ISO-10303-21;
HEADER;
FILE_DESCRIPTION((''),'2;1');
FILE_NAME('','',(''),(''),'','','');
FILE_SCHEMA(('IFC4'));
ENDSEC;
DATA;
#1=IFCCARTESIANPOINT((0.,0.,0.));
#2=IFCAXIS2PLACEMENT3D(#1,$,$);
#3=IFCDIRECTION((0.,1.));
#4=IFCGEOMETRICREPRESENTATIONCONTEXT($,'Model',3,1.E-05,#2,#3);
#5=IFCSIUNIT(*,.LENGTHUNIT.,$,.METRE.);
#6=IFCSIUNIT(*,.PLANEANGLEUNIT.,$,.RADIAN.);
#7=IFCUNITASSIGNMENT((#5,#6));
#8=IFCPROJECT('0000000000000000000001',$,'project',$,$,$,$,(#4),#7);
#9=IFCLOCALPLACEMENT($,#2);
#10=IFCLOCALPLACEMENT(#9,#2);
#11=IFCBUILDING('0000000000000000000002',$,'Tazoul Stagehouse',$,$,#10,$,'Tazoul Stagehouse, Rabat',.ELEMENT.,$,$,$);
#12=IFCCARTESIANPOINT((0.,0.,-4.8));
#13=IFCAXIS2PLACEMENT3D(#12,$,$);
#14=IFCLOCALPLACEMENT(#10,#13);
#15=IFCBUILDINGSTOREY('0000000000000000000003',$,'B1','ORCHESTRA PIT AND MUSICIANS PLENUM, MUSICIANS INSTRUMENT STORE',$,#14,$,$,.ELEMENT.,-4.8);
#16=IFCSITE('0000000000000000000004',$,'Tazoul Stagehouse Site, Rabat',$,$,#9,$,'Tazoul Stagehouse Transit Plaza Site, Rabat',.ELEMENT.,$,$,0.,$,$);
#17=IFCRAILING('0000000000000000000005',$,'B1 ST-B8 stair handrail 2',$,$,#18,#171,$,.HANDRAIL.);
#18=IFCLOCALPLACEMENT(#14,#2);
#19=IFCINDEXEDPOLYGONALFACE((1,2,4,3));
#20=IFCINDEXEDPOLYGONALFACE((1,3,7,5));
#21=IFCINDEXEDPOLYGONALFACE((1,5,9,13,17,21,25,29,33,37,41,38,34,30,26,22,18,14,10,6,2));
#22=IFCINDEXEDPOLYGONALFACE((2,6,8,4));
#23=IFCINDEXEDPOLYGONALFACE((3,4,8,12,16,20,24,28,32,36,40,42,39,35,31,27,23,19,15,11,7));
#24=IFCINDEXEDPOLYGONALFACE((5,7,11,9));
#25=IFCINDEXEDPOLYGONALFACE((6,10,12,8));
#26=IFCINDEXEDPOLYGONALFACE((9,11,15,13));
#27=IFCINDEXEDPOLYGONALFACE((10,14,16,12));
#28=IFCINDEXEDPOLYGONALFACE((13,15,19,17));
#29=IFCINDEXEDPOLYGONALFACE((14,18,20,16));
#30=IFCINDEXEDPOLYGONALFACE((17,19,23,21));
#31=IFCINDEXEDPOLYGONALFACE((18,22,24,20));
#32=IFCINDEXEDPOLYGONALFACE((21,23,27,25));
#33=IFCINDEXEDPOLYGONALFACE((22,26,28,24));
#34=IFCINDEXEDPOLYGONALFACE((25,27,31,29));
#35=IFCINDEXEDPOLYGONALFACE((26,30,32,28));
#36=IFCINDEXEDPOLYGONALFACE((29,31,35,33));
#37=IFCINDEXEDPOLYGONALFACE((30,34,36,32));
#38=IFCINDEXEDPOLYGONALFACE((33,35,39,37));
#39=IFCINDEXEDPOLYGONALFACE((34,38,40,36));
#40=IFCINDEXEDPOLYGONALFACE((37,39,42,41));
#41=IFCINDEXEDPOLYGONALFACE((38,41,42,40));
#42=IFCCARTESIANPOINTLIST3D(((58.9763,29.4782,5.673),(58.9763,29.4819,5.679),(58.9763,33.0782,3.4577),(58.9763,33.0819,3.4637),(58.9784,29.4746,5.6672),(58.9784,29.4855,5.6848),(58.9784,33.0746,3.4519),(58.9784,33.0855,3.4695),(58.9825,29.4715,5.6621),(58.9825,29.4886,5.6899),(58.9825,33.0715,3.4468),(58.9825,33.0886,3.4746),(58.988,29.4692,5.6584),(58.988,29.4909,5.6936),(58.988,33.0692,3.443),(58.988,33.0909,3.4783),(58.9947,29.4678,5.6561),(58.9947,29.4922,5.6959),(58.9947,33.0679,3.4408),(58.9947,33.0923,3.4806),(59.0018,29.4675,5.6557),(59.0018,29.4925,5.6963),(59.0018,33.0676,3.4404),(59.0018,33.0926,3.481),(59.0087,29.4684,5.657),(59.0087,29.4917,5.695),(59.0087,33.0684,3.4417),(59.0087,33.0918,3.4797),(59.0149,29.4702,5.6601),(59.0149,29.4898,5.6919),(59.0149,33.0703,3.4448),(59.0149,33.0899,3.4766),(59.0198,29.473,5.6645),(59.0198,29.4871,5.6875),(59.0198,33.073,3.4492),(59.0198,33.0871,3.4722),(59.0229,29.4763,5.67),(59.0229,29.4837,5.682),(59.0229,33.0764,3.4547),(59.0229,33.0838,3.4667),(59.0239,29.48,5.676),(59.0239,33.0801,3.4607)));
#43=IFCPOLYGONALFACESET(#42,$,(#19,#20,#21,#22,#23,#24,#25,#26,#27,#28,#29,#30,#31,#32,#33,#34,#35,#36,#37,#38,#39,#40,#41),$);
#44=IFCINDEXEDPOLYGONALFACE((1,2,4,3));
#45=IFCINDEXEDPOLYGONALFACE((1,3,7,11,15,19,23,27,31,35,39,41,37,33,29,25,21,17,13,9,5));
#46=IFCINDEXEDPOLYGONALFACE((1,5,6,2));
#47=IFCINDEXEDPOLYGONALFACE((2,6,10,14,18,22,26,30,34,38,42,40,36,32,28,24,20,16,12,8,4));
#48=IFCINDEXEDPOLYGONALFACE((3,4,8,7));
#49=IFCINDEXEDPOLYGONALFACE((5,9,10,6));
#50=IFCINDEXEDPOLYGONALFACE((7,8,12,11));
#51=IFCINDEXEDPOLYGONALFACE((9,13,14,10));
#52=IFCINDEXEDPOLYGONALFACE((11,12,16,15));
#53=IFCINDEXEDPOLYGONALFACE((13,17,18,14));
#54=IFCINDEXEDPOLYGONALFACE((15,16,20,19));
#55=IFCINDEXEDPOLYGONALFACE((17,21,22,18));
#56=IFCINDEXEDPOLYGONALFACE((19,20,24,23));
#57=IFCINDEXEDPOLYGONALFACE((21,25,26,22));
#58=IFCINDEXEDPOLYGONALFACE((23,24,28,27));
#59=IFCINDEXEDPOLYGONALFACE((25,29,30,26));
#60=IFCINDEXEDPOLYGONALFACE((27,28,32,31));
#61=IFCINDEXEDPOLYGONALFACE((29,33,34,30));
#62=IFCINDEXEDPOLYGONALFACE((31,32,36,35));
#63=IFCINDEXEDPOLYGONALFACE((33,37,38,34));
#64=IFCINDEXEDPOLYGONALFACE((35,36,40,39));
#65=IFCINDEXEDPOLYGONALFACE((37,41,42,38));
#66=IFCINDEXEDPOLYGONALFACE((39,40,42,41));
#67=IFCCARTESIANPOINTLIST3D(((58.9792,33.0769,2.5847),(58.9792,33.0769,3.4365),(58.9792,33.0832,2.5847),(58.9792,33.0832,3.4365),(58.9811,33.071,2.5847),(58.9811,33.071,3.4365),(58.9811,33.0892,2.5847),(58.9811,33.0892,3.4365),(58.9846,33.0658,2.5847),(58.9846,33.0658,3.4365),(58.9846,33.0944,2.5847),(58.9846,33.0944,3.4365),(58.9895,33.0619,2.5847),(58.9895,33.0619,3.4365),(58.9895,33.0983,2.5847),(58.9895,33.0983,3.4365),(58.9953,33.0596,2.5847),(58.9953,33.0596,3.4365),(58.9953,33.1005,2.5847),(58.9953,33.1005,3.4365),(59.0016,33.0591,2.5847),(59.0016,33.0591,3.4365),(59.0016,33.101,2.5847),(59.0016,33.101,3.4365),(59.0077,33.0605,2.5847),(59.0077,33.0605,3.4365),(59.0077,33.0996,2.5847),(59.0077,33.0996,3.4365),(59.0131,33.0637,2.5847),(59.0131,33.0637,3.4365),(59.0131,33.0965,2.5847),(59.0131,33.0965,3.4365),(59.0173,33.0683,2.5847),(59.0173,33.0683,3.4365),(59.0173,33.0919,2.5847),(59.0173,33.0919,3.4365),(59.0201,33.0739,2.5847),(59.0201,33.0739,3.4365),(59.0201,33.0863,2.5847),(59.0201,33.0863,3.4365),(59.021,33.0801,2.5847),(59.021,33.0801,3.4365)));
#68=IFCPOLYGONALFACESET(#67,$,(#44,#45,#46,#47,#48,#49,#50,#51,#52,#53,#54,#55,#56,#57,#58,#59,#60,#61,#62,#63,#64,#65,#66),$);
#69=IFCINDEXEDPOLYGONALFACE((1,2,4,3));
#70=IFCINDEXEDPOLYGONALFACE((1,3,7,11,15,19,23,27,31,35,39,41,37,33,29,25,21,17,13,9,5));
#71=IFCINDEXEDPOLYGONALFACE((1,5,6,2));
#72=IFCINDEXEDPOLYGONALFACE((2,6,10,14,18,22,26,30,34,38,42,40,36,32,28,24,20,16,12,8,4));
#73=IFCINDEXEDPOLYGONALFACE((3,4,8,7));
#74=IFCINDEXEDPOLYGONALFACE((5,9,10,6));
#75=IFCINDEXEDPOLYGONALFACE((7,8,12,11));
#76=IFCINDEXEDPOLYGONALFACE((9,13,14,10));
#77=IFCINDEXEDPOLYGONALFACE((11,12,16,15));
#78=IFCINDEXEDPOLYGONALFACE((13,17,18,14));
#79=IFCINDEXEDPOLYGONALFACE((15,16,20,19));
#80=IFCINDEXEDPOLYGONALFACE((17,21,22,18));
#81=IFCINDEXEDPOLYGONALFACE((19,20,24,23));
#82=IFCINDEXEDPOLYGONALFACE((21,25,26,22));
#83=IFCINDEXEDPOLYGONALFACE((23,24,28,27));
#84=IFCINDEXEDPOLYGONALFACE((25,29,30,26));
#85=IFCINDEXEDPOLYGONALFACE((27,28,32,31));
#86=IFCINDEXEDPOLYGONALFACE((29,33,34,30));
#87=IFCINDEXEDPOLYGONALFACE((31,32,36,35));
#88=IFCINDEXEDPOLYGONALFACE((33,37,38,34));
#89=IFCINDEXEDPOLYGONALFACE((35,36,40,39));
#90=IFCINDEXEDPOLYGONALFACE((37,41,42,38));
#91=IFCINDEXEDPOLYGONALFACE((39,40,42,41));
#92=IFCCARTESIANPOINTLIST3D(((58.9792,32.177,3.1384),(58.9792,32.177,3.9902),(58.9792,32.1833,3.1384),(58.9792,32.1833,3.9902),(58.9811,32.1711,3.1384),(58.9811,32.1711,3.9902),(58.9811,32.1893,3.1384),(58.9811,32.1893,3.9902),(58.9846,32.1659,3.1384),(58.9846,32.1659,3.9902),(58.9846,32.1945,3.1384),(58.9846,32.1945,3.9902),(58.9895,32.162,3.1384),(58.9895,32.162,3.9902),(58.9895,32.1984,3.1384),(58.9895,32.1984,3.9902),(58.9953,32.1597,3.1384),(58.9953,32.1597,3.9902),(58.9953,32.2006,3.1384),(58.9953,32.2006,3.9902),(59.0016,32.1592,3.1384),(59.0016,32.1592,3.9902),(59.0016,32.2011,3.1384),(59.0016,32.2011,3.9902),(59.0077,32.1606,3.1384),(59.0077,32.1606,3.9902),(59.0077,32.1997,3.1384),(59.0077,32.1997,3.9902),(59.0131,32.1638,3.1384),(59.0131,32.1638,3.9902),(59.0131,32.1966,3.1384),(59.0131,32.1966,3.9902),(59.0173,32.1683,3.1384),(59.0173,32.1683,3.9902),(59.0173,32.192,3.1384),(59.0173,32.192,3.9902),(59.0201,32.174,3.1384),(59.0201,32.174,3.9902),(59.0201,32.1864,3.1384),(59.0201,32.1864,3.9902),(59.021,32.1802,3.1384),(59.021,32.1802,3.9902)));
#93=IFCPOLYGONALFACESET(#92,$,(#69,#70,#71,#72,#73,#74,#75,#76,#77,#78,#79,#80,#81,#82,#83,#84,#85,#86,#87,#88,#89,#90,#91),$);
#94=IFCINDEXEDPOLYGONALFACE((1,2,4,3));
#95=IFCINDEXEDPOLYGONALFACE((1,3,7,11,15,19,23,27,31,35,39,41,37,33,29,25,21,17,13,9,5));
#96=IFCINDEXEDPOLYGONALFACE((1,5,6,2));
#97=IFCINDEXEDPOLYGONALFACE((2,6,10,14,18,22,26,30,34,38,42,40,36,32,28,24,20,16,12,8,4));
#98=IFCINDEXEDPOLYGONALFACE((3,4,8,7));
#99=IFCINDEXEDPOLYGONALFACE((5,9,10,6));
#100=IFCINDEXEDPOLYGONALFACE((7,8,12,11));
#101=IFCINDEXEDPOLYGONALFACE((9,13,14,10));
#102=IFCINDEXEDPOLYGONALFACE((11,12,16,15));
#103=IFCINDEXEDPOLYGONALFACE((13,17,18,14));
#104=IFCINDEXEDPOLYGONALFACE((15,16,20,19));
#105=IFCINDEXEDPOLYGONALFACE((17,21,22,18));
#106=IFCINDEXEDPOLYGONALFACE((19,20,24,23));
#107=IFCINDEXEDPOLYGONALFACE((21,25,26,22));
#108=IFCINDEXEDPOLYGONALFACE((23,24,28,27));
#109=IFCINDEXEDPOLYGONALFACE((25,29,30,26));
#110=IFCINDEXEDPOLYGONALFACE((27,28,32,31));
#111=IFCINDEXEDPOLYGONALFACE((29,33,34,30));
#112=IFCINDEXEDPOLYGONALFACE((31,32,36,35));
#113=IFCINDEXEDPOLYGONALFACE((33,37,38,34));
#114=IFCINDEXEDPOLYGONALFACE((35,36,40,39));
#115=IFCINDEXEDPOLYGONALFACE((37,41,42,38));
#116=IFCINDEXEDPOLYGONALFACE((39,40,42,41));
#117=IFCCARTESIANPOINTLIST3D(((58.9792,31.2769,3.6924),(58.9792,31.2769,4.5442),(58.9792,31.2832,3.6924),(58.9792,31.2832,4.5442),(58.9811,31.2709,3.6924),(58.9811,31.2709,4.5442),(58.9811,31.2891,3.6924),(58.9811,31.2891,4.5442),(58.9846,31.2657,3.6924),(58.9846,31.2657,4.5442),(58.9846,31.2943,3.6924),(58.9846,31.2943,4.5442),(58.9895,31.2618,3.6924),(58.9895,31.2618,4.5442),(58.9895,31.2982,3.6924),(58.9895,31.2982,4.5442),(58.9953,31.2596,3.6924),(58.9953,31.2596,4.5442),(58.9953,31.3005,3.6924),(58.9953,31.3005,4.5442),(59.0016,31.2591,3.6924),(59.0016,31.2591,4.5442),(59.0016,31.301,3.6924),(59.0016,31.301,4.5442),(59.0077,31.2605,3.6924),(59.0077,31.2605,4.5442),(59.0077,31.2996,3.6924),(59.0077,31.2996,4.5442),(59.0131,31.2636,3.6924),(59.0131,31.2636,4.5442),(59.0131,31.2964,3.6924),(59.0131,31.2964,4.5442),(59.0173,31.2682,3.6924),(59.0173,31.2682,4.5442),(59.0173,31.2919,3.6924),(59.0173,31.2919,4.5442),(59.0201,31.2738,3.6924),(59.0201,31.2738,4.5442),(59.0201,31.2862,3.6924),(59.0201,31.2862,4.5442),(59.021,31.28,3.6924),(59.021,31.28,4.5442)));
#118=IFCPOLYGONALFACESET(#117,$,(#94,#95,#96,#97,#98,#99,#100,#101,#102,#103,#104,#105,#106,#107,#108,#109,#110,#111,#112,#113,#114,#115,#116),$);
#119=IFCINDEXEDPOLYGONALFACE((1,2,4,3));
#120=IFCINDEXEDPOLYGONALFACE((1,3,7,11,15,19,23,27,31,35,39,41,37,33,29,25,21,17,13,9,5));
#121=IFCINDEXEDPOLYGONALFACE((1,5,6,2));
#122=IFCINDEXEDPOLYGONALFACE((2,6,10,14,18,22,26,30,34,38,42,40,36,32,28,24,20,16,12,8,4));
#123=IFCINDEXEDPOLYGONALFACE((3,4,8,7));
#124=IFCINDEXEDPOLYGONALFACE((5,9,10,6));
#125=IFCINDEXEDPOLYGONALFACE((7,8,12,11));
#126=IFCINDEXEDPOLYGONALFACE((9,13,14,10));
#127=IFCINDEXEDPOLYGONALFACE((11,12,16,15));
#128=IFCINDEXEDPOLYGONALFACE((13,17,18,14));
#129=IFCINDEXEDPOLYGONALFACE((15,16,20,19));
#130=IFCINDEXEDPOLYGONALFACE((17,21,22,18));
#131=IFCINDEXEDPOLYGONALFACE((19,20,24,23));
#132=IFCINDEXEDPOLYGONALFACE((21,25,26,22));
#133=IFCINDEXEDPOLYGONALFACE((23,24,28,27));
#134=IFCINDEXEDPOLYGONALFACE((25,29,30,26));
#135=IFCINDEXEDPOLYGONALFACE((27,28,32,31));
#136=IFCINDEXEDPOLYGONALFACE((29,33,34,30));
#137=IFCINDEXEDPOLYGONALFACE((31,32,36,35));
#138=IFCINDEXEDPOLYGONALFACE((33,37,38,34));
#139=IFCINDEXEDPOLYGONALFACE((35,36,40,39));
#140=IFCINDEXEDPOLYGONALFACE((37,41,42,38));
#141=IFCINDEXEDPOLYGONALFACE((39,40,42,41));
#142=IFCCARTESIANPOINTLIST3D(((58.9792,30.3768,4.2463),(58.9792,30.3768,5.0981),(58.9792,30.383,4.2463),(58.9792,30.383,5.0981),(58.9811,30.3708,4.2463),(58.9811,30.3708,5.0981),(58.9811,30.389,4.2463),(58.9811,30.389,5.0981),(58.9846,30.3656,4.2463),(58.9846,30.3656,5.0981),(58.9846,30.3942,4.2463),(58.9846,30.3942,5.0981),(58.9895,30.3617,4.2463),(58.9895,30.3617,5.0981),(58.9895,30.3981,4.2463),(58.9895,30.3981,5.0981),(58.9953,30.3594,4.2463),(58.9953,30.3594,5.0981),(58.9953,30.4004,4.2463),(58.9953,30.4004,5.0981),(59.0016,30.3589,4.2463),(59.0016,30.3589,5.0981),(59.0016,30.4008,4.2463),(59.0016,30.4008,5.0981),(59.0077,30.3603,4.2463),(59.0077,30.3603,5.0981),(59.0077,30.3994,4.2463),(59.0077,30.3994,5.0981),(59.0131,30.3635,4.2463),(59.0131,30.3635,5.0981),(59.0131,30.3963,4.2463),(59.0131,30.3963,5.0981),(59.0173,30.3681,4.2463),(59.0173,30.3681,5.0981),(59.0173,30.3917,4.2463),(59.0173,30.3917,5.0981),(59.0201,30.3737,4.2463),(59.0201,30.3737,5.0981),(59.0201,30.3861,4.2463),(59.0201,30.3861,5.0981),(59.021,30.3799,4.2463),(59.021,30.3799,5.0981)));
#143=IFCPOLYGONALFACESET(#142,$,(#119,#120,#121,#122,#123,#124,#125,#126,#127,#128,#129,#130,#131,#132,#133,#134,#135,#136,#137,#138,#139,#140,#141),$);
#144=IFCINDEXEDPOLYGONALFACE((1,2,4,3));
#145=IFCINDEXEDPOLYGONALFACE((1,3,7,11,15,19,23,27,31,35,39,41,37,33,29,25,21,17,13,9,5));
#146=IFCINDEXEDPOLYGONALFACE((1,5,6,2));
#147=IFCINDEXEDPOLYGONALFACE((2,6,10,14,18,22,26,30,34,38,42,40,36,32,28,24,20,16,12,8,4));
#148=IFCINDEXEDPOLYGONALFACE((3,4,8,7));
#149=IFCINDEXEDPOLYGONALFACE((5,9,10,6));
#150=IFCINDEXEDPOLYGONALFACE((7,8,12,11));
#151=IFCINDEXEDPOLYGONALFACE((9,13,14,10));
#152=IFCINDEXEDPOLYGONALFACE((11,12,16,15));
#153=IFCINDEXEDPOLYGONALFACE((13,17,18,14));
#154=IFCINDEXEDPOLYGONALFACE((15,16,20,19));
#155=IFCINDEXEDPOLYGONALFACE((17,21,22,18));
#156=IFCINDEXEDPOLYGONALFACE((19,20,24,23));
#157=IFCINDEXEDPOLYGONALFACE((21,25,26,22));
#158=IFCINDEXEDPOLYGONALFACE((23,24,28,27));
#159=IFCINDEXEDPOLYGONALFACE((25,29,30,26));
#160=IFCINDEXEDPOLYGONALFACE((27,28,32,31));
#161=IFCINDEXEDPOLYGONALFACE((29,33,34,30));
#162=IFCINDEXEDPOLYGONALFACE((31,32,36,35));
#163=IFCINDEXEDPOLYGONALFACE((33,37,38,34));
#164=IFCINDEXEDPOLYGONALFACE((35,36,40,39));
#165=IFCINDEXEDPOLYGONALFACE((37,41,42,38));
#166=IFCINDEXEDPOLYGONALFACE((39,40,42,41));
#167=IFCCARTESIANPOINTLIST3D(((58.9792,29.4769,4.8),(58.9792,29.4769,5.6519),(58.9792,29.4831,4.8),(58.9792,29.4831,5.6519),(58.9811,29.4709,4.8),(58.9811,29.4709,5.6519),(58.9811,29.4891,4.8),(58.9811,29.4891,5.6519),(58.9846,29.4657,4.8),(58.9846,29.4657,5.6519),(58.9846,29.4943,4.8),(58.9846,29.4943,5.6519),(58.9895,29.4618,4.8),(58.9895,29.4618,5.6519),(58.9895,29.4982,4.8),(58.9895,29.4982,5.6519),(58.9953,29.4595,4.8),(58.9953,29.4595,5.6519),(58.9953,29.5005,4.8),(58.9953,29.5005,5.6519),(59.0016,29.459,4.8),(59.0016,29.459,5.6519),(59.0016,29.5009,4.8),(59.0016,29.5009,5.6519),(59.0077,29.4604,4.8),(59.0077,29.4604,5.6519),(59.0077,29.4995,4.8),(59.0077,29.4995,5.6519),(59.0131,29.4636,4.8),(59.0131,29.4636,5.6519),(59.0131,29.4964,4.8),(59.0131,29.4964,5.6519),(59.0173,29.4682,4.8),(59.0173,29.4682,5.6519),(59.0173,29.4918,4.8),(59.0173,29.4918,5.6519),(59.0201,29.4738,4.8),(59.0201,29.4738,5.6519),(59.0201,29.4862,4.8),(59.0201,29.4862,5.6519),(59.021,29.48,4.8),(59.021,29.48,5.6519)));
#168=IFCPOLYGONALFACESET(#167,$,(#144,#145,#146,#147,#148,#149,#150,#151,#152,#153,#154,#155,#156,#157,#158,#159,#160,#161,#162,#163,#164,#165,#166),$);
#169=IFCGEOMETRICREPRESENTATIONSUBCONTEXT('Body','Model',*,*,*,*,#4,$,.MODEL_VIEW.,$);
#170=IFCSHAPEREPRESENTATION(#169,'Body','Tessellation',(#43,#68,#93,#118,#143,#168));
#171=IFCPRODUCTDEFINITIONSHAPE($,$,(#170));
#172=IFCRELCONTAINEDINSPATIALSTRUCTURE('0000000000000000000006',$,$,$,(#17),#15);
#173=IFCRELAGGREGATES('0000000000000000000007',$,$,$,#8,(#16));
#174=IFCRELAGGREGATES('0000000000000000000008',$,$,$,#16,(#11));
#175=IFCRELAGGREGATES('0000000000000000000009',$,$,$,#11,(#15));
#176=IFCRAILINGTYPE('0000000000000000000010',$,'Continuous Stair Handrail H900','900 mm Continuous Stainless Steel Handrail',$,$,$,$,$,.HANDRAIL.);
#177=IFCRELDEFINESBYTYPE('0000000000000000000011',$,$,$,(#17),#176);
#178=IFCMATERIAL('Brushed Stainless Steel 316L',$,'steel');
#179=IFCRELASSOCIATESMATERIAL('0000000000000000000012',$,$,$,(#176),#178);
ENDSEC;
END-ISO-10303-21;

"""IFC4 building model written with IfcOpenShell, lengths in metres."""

from ifc_helpers import new_model, si_unit, direction, frame, origin, origin_2d, place, context, subcontext, project, spatial, circle, extrude, material, material_profile, profile_set, type_object, element, save


model = new_model("IFC4")

# Units and contexts
model_context = context("Model", 3, precision=1e-05, world=origin(), true_north=direction((0.0, 1.0)))
body_context = subcontext(model_context, "Body", "Model", "MODEL_VIEW")
ifc_project = project(units=[si_unit("LENGTHUNIT", "METRE"), si_unit("PLANEANGLEUNIT", "RADIAN")], contexts=[model_context])

# Site, building, storey
site_placement = place(None, origin())
site = spatial("IfcSite", under=ifc_project, at=site_placement, Name="Tazoul Stagehouse Site, Rabat", LongName="Tazoul Stagehouse Transit Plaza Site, Rabat", CompositionType="ELEMENT", RefElevation=0.0)
building_placement = place(site_placement, origin())
building = spatial("IfcBuilding", under=site, at=building_placement, Name="Tazoul Stagehouse", LongName="Tazoul Stagehouse, Rabat", CompositionType="ELEMENT")
storey_placement = place(building_placement, frame((0.0, 0.0, -4.8)))
storey = spatial("IfcBuildingStorey", under=building, at=storey_placement, Name="B1", Description="ORCHESTRA PIT AND MUSICIANS PLENUM, MUSICIANS INSTRUMENT STORE", CompositionType="ELEMENT", Elevation=-4.8)

# Railing
ifc_material_1 = material(Name="Brushed Stainless Steel 316L", Category="steel")
ifc_material_profile_1 = material_profile(ifc_material_1, circle(Radius=0.021, at=origin_2d()), Name="SS HANDRAIL D42")
ifc_profile_set_1 = profile_set([ifc_material_profile_1], Name="Brushed Stainless Steel 316L")
railing_type_1 = type_object("IfcRailingType", Name="Continuous Stair Handrail H900", Description="900 mm Continuous Stainless Steel Handrail", PredefinedType="HANDRAIL", material=ifc_profile_set_1)
railing_1_placement = place(storey_placement, frame((59.0, 33.0801, 2.5847)))
element("IfcRailing", 1, at=railing_1_placement, inside=storey, type_object=railing_type_1, Name="B1 ST-B8 stair handrail 2", PredefinedType="HANDRAIL", context=body_context, shape_type="SweptSolid", body=[
    extrude(circle(Radius=0.0239, at=origin_2d()), frame((0.0, 0.0, 0.876), z_axis=(0.0, -0.85167, 0.524078), x_axis=(1.0, 0.0, 0.0)), (0.0, 0.0, 1.0), 4.2271),
    extrude(circle(Radius=0.021, at=origin_2d()), origin(), (0.0, 0.0, 1.0), 0.8518),
    extrude(circle(Radius=0.021, at=origin_2d()), frame((0.0, -0.8999, 0.5537)), (0.0, 0.0, 1.0), 0.8518),
    extrude(circle(Radius=0.021, at=origin_2d()), frame((0.0, -1.8, 1.1077)), (0.0, 0.0, 1.0), 0.8518),
    extrude(circle(Radius=0.021, at=origin_2d()), frame((0.0, -2.7002, 1.6616)), (0.0, 0.0, 1.0), 0.8518),
    extrude(circle(Radius=0.021, at=origin_2d()), frame((0.0, -3.6001, 2.2153)), (0.0, 0.0, 1.0), 0.8518),
])

save(model, "model.ifc")
